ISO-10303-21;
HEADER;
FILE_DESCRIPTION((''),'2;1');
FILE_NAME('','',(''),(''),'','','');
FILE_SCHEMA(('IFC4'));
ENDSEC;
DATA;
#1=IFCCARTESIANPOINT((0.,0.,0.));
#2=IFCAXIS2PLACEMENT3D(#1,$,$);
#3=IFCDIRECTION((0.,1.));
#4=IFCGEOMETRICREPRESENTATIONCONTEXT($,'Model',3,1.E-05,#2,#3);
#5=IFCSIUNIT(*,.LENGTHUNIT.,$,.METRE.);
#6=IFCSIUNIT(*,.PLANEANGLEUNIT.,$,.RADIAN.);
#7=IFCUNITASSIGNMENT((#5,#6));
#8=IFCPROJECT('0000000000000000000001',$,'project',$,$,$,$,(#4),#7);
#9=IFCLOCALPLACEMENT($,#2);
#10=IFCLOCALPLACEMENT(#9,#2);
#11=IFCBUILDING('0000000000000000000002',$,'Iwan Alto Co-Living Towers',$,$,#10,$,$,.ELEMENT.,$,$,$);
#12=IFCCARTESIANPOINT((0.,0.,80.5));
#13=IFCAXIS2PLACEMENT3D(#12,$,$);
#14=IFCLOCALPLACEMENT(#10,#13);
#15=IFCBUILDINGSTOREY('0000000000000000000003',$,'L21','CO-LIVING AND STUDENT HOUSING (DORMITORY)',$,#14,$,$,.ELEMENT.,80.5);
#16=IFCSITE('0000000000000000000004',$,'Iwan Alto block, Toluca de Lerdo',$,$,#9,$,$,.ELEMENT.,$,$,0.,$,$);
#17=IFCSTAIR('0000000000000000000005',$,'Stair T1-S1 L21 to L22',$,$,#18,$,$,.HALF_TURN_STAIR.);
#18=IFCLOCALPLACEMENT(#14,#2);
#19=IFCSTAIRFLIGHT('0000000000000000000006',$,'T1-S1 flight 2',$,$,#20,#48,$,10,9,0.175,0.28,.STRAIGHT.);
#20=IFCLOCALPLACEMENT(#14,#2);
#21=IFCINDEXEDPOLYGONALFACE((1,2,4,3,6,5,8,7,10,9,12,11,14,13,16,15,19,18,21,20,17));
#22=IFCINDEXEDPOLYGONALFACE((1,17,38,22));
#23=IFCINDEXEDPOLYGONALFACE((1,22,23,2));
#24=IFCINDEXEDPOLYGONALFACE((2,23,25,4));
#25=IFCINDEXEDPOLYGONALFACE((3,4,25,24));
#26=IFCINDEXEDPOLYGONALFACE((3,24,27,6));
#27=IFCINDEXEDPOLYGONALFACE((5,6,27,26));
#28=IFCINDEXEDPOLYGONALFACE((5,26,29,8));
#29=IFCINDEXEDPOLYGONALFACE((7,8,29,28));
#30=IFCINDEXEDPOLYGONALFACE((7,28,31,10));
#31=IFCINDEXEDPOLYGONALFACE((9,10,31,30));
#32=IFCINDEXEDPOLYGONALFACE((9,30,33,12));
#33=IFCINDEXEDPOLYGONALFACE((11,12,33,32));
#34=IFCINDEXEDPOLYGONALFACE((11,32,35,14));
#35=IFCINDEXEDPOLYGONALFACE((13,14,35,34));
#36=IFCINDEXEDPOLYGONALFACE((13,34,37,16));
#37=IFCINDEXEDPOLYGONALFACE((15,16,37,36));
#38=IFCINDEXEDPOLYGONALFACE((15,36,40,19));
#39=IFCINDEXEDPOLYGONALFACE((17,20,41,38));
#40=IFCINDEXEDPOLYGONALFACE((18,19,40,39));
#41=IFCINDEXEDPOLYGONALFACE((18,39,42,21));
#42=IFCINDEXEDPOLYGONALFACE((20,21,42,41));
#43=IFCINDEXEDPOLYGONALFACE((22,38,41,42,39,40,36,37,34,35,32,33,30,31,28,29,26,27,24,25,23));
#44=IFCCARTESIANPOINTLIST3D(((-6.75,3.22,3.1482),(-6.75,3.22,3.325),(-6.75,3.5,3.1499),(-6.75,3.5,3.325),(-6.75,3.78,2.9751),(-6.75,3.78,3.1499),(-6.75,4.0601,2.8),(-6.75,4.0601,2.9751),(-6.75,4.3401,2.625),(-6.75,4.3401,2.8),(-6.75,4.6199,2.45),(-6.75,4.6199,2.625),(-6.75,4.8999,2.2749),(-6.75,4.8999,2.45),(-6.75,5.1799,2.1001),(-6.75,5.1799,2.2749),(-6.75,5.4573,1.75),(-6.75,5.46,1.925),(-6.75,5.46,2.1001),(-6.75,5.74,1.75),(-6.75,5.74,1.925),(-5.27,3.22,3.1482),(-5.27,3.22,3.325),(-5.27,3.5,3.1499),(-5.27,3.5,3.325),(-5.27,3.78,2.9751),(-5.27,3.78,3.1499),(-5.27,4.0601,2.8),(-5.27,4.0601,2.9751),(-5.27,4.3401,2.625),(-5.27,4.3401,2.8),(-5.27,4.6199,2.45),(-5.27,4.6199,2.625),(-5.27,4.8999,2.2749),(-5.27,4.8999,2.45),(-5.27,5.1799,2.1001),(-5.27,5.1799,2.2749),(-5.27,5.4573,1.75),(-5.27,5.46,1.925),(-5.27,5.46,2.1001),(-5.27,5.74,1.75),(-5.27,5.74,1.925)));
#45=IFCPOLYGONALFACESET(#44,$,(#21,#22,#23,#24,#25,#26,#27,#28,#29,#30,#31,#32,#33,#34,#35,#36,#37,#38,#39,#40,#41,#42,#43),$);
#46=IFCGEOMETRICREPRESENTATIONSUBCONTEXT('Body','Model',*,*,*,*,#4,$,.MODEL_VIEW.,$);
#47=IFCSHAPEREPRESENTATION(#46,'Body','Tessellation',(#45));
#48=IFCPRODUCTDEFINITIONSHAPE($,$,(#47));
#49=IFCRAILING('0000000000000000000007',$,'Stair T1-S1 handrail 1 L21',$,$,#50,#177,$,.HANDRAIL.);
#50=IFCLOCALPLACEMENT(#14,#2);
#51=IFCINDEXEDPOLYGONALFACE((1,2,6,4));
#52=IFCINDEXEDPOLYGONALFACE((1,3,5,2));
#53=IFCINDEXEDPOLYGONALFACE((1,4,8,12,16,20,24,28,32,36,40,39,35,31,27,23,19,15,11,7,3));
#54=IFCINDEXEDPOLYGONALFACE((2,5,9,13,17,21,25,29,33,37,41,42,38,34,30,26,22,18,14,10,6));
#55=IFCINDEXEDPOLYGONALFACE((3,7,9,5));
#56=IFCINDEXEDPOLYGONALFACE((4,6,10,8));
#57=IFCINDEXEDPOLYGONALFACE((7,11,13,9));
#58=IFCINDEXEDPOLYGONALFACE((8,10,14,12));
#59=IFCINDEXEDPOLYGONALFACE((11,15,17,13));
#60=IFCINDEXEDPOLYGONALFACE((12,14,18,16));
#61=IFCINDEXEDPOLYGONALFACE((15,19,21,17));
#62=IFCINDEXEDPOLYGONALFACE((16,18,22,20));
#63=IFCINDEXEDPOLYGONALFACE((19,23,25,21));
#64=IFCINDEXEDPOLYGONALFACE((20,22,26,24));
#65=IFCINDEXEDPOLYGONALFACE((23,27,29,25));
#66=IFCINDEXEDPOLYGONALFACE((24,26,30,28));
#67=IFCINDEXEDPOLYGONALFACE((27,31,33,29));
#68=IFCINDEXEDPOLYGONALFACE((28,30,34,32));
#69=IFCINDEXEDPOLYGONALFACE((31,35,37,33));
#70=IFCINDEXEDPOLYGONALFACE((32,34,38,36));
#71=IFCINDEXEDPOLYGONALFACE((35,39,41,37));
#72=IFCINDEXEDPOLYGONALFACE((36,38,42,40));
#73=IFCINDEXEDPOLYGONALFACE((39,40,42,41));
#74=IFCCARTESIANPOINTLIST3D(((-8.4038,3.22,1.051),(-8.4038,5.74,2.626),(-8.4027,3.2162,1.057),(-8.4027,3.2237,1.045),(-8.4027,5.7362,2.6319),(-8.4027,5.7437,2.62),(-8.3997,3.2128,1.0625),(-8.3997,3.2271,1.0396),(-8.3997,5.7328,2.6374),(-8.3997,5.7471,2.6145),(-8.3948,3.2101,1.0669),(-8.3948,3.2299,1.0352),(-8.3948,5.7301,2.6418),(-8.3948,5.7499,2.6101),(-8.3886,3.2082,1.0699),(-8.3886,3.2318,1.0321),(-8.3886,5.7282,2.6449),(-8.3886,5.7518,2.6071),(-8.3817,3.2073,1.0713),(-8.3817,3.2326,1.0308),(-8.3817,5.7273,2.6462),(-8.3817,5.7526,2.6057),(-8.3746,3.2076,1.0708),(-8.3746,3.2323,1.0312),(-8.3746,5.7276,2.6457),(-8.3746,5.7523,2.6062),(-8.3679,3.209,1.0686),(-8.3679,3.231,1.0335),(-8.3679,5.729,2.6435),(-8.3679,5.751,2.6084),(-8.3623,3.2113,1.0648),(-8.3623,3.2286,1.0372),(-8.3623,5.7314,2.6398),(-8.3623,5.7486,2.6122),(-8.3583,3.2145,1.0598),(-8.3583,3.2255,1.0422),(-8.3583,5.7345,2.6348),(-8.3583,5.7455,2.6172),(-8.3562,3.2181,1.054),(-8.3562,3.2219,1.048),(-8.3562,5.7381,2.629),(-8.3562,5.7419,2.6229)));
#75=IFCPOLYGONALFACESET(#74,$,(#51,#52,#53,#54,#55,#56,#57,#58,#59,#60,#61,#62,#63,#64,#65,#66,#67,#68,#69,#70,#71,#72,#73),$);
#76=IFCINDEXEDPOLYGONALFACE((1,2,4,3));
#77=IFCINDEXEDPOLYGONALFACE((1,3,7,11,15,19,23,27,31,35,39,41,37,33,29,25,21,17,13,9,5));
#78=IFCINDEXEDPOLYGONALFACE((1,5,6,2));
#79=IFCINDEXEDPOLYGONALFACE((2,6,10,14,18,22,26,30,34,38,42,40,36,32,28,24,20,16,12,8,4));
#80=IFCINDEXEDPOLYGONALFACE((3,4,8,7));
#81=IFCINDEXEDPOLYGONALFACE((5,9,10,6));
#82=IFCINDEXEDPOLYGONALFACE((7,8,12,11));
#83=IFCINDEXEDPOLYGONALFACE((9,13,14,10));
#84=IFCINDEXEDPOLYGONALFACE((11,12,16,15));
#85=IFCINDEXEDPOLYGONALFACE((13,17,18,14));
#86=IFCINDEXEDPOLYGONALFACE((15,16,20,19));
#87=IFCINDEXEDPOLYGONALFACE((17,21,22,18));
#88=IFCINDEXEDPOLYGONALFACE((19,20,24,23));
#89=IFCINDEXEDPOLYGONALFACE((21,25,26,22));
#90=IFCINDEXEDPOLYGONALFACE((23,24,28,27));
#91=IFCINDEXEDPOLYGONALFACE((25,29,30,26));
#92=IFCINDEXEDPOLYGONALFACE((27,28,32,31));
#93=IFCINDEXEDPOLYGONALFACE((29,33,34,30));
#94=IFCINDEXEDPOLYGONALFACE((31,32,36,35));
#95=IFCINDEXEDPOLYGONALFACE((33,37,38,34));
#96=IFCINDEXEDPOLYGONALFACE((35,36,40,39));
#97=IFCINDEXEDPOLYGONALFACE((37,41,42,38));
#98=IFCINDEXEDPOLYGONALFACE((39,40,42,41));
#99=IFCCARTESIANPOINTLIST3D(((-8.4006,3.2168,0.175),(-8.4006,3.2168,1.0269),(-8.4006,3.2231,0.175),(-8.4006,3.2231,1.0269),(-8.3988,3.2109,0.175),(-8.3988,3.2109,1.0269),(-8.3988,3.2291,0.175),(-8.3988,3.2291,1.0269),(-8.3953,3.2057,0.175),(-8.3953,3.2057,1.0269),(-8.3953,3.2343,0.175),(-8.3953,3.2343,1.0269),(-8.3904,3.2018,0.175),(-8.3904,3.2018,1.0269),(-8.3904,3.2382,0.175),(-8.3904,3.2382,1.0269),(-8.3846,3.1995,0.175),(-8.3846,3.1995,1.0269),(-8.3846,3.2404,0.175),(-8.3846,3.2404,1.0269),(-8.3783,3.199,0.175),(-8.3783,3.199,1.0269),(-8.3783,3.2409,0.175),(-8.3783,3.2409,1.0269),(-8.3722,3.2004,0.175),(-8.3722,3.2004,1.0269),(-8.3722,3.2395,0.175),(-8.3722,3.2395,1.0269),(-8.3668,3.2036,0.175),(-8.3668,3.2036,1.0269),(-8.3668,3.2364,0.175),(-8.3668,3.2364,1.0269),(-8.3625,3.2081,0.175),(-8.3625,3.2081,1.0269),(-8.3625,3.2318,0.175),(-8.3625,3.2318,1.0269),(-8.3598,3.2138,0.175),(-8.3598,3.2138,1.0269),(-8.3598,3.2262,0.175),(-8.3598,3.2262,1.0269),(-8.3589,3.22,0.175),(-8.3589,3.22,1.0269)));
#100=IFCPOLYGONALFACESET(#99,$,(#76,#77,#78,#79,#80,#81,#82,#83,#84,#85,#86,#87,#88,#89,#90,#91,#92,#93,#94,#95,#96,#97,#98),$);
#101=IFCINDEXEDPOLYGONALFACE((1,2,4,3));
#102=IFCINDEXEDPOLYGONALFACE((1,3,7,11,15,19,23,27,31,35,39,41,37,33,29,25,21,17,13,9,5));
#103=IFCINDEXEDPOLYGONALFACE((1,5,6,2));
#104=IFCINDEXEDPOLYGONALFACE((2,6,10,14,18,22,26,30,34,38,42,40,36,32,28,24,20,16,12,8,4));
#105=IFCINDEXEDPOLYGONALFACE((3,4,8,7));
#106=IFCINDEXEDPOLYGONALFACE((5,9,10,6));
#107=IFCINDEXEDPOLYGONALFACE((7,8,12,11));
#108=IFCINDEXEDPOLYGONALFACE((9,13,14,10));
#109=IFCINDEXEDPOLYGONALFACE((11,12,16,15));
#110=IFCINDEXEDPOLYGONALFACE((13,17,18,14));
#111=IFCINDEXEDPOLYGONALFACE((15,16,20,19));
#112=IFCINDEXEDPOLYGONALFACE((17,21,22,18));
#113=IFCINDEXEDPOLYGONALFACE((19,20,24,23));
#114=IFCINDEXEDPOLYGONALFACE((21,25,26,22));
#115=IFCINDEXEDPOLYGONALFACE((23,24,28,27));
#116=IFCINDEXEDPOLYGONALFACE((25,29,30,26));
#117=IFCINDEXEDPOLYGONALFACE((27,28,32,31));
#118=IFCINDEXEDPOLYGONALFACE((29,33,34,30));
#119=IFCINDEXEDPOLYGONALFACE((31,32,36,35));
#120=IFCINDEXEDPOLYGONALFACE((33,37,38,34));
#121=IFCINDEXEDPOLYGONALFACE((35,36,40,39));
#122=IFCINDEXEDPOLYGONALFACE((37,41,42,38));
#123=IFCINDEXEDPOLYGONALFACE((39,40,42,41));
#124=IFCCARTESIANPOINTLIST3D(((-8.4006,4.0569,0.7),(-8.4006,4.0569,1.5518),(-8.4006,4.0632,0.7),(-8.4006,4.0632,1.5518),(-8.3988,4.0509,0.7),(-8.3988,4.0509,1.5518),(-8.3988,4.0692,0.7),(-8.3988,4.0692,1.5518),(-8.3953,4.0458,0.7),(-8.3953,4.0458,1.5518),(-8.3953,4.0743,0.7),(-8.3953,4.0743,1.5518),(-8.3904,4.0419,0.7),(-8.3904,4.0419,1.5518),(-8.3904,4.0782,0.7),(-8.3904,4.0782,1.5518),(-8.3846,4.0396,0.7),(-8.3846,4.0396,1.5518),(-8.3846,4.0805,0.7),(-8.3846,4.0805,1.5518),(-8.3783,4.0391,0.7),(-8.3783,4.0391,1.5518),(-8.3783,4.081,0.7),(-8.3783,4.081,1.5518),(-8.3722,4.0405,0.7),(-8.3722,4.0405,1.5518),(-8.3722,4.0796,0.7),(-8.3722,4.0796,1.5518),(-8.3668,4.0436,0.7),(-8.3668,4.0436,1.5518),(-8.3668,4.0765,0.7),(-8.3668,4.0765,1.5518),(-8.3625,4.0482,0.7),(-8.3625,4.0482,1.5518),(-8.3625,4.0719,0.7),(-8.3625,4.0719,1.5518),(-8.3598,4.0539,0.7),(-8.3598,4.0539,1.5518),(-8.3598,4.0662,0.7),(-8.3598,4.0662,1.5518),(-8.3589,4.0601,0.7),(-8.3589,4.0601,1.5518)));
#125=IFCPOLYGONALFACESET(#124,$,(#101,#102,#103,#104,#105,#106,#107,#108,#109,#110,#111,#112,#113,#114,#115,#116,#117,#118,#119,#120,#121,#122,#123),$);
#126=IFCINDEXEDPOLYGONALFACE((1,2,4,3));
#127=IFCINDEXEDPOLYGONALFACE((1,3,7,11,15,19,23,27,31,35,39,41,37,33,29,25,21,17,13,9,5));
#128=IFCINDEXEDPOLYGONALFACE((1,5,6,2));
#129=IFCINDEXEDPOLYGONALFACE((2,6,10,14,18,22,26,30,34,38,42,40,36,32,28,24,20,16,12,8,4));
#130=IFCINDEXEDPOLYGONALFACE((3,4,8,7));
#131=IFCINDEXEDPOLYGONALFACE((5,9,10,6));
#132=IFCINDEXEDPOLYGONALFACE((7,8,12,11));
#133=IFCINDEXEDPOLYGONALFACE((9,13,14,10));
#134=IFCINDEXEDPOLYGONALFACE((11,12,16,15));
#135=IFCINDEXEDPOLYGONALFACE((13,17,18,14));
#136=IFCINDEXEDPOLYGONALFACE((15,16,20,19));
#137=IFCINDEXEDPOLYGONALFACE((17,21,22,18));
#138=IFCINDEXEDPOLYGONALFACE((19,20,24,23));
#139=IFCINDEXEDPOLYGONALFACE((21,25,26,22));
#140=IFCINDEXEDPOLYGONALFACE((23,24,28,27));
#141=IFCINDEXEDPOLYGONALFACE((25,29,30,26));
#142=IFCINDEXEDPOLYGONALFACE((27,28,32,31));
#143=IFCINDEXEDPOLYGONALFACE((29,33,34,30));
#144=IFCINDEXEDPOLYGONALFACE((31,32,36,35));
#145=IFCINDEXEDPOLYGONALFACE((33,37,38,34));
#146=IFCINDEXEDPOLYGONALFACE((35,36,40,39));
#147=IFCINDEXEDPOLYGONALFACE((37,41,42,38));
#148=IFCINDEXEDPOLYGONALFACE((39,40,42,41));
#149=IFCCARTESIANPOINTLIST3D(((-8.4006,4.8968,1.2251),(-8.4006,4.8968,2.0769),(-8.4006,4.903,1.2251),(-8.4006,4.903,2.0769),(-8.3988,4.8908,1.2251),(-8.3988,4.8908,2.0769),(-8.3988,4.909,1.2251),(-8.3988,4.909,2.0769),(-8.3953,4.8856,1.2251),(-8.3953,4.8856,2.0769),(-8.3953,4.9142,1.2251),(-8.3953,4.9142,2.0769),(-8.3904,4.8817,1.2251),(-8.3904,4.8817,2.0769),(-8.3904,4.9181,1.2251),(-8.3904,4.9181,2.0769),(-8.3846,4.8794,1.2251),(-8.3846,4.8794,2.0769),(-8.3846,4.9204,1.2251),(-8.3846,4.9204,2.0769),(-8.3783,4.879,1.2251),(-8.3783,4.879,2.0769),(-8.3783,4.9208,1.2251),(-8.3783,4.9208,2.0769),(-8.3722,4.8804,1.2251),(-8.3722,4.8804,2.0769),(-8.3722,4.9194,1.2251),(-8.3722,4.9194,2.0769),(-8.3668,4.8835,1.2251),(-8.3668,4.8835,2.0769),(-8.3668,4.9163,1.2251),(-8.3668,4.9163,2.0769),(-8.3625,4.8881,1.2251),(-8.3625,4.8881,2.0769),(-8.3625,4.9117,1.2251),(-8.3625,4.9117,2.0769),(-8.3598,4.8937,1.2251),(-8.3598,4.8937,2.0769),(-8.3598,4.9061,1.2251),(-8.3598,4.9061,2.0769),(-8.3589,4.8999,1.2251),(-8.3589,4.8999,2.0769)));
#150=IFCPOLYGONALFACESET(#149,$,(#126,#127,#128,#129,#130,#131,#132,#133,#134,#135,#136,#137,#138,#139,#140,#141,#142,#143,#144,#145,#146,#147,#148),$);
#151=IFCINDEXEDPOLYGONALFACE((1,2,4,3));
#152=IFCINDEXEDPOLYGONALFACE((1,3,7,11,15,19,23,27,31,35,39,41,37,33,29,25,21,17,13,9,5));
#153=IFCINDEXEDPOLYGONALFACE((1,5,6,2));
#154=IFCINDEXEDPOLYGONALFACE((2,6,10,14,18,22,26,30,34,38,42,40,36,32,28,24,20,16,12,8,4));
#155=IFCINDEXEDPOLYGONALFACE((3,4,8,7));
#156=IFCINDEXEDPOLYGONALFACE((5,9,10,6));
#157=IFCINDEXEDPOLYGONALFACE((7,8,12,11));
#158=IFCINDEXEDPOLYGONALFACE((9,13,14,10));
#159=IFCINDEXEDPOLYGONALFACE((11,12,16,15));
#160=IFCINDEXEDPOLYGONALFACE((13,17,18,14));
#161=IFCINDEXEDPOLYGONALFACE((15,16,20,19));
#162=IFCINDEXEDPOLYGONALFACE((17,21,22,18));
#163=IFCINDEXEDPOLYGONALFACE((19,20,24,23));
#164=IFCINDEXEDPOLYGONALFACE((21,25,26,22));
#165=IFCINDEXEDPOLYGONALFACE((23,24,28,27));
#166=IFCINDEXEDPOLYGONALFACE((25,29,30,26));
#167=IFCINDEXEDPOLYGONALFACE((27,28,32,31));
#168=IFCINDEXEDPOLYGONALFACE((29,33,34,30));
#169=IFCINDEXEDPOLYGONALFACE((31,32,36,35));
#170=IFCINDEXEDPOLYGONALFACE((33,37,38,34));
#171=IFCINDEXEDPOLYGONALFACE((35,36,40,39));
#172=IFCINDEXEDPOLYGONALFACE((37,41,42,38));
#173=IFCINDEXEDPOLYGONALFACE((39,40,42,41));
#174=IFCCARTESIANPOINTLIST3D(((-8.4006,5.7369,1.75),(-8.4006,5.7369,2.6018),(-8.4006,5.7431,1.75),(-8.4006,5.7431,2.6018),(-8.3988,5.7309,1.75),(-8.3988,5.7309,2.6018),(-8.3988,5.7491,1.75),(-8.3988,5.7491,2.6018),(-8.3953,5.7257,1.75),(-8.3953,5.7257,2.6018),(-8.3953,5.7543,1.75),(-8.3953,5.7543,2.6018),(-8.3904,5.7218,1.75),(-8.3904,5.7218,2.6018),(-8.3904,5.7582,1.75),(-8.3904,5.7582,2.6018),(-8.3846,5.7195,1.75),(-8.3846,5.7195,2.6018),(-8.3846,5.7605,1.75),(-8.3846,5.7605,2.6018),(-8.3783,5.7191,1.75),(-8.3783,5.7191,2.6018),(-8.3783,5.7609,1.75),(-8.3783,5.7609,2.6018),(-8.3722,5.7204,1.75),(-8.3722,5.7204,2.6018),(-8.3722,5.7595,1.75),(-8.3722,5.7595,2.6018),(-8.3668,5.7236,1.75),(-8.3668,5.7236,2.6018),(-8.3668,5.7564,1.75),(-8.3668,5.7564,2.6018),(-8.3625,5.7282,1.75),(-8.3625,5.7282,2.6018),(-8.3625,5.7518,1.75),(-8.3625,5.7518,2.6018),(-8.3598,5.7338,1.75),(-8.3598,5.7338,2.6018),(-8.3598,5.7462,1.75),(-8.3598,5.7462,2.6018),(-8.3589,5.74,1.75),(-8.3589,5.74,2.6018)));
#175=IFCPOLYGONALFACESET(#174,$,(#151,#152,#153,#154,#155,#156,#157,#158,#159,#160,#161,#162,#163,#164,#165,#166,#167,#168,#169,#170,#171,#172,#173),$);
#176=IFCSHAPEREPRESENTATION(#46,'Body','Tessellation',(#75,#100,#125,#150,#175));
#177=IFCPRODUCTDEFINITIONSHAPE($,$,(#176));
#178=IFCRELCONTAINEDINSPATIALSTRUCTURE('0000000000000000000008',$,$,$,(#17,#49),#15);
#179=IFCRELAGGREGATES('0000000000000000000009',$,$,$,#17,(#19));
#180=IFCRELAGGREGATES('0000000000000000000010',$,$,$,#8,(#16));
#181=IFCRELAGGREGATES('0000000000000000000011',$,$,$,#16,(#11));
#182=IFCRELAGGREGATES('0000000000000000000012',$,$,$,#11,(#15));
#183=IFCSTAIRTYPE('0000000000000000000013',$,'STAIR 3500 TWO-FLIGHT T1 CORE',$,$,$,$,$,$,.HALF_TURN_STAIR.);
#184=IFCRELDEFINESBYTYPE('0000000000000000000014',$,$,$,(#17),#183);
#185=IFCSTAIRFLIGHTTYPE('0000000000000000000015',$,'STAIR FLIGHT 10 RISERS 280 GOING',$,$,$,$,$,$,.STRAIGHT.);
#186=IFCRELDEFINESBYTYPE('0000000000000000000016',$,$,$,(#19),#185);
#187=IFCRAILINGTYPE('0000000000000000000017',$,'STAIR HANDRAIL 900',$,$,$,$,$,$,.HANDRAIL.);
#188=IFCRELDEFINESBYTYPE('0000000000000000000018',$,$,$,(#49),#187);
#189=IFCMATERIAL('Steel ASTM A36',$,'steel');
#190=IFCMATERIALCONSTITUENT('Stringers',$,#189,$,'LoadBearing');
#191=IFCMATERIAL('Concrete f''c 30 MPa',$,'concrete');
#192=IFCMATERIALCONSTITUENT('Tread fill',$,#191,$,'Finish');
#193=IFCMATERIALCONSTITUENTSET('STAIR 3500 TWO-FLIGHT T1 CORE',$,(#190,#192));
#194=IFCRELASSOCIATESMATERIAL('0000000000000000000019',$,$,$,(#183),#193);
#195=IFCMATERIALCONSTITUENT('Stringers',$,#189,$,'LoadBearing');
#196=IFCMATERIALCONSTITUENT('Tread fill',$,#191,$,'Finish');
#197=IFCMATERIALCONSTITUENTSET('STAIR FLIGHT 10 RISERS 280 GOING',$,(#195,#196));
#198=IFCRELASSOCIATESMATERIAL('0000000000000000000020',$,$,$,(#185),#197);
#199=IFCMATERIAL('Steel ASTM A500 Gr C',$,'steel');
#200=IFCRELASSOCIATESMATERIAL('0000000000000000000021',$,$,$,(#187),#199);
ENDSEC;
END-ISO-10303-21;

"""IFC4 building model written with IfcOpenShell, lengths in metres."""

from ifc_helpers import new_model, si_unit, direction, frame, origin, origin_2d, place, context, subcontext, project, spatial, polyline, circle, outline, extrude, material, constituent, constituent_set, type_object, element, aggregate, save


model = new_model("IFC4")

# Units and contexts
model_context = context("Model", 3, precision=1e-05, world=origin(), true_north=direction((0.0, 1.0)))
body_context = subcontext(model_context, "Body", "Model", "MODEL_VIEW")
ifc_project = project(units=[si_unit("LENGTHUNIT", "METRE"), si_unit("PLANEANGLEUNIT", "RADIAN")], contexts=[model_context])

# Site, building, storey
site_placement = place(None, origin())
site = spatial("IfcSite", under=ifc_project, at=site_placement, Name="Iwan Alto block, Toluca de Lerdo", CompositionType="ELEMENT", RefElevation=0.0)
building_placement = place(site_placement, origin())
building = spatial("IfcBuilding", under=site, at=building_placement, Name="Iwan Alto Co-Living Towers", CompositionType="ELEMENT")
storey_placement = place(building_placement, frame((0.0, 0.0, 80.5)))
storey = spatial("IfcBuildingStorey", under=building, at=storey_placement, Name="L21", Description="CO-LIVING AND STUDENT HOUSING (DORMITORY)", CompositionType="ELEMENT", Elevation=80.5)

# Stair
ifc_material_1 = material(Name="Steel ASTM A36", Category="steel")
ifc_constituent_1 = constituent(ifc_material_1, Name="Stringers", Category="LoadBearing")
ifc_material_2 = material(Name="Concrete f'c 30 MPa", Category="concrete")
ifc_constituent_2 = constituent(ifc_material_2, Name="Tread fill", Category="Finish")
ifc_constituent_set_1 = constituent_set(constituents=[ifc_constituent_1, ifc_constituent_2], Name="STAIR 3500 TWO-FLIGHT T1 CORE")
stair_type = type_object("IfcStairType", Name="STAIR 3500 TWO-FLIGHT T1 CORE", PredefinedType="HALF_TURN_STAIR", material=ifc_constituent_set_1)
stair_1_placement = place(storey_placement, origin())
stair_1 = element("IfcStair", 1, at=stair_1_placement, inside=storey, type_object=stair_type, Name="Stair T1-S1 L21 to L22", PredefinedType="HALF_TURN_STAIR")

# Stair flight
ifc_constituent_3 = constituent(ifc_material_1, Name="Stringers", Category="LoadBearing")
ifc_constituent_4 = constituent(ifc_material_2, Name="Tread fill", Category="Finish")
ifc_constituent_set_2 = constituent_set(constituents=[ifc_constituent_3, ifc_constituent_4], Name="STAIR FLIGHT 10 RISERS 280 GOING")
stair_flight_type = type_object("IfcStairFlightType", Name="STAIR FLIGHT 10 RISERS 280 GOING", PredefinedType="STRAIGHT", material=ifc_constituent_set_2)
stair_flight_1_placement = place(storey_placement, frame((-6.01, 5.74, 1.75), z_axis=(0.0, 0.0, 1.0), x_axis=(0.0, -1.0, 0.0)))
stair_flight_1 = element("IfcStairFlight", 2, at=stair_flight_1_placement, type_object=stair_flight_type, Name="T1-S1 flight 2", NumberOfRisers=10, NumberOfTreads=9, PredefinedType="STRAIGHT", RiserHeight=0.175, TreadLength=0.28, context=body_context, shape_type="SweptSolid", body=[
    extrude(outline(polyline([(0.0, 0.0), (0.0, 0.175), (0.28, 0.175), (0.28, 0.3501), (0.5601, 0.3501), (0.5601, 0.5249), (0.8401, 0.5249), (0.8401, 0.7), (1.1201, 0.7), (1.1201, 0.875), (1.3999, 0.875), (1.3999, 1.05), (1.6799, 1.05), (1.6799, 1.2251), (1.96, 1.2251), (1.96, 1.3999), (2.24, 1.3999), (2.24, 1.575), (2.52, 1.575), (2.52, 1.75), (2.52, 1.3982), (0.2827, 0.0), (0.0, 0.0)])), frame((0.0, 0.74, 0.0), z_axis=(0.0, -1.0, 0.0), x_axis=(1.0, 0.0, 0.0)), (0.0, 0.0, 1.0), 1.48),
])
aggregate(stair_1, [stair_flight_1])

# Railing
ifc_material_3 = material(Name="Steel ASTM A500 Gr C", Category="steel")
railing_type_1 = type_object("IfcRailingType", Name="STAIR HANDRAIL 900", PredefinedType="HANDRAIL", material=ifc_material_3)
railing_1_placement = place(storey_placement, frame((-8.3799, 3.22, 0.175)))
element("IfcRailing", 3, at=railing_1_placement, inside=storey, type_object=railing_type_1, Name="Stair T1-S1 handrail 1 L21", PredefinedType="HANDRAIL", context=body_context, shape_type="SweptSolid", body=[
    extrude(circle(Radius=0.0239, at=origin_2d()), frame((0.0, 0.0, 0.876), z_axis=(0.0, 0.848008, 0.529984), x_axis=(-1.0, 0.0, 0.0)), (0.0, 0.0, 1.0), 2.9717),
    extrude(circle(Radius=0.021, at=origin_2d()), origin(), (0.0, 0.0, 1.0), 0.8518),
    extrude(circle(Radius=0.021, at=origin_2d()), frame((0.0, 0.8401, 0.5249)), (0.0, 0.0, 1.0), 0.8518),
    extrude(circle(Radius=0.021, at=origin_2d()), frame((0.0, 1.6799, 1.05)), (0.0, 0.0, 1.0), 0.8518),
    extrude(circle(Radius=0.021, at=origin_2d()), frame((0.0, 2.52, 1.575)), (0.0, 0.0, 1.0), 0.8518),
])

save(model, "model.ifc")
